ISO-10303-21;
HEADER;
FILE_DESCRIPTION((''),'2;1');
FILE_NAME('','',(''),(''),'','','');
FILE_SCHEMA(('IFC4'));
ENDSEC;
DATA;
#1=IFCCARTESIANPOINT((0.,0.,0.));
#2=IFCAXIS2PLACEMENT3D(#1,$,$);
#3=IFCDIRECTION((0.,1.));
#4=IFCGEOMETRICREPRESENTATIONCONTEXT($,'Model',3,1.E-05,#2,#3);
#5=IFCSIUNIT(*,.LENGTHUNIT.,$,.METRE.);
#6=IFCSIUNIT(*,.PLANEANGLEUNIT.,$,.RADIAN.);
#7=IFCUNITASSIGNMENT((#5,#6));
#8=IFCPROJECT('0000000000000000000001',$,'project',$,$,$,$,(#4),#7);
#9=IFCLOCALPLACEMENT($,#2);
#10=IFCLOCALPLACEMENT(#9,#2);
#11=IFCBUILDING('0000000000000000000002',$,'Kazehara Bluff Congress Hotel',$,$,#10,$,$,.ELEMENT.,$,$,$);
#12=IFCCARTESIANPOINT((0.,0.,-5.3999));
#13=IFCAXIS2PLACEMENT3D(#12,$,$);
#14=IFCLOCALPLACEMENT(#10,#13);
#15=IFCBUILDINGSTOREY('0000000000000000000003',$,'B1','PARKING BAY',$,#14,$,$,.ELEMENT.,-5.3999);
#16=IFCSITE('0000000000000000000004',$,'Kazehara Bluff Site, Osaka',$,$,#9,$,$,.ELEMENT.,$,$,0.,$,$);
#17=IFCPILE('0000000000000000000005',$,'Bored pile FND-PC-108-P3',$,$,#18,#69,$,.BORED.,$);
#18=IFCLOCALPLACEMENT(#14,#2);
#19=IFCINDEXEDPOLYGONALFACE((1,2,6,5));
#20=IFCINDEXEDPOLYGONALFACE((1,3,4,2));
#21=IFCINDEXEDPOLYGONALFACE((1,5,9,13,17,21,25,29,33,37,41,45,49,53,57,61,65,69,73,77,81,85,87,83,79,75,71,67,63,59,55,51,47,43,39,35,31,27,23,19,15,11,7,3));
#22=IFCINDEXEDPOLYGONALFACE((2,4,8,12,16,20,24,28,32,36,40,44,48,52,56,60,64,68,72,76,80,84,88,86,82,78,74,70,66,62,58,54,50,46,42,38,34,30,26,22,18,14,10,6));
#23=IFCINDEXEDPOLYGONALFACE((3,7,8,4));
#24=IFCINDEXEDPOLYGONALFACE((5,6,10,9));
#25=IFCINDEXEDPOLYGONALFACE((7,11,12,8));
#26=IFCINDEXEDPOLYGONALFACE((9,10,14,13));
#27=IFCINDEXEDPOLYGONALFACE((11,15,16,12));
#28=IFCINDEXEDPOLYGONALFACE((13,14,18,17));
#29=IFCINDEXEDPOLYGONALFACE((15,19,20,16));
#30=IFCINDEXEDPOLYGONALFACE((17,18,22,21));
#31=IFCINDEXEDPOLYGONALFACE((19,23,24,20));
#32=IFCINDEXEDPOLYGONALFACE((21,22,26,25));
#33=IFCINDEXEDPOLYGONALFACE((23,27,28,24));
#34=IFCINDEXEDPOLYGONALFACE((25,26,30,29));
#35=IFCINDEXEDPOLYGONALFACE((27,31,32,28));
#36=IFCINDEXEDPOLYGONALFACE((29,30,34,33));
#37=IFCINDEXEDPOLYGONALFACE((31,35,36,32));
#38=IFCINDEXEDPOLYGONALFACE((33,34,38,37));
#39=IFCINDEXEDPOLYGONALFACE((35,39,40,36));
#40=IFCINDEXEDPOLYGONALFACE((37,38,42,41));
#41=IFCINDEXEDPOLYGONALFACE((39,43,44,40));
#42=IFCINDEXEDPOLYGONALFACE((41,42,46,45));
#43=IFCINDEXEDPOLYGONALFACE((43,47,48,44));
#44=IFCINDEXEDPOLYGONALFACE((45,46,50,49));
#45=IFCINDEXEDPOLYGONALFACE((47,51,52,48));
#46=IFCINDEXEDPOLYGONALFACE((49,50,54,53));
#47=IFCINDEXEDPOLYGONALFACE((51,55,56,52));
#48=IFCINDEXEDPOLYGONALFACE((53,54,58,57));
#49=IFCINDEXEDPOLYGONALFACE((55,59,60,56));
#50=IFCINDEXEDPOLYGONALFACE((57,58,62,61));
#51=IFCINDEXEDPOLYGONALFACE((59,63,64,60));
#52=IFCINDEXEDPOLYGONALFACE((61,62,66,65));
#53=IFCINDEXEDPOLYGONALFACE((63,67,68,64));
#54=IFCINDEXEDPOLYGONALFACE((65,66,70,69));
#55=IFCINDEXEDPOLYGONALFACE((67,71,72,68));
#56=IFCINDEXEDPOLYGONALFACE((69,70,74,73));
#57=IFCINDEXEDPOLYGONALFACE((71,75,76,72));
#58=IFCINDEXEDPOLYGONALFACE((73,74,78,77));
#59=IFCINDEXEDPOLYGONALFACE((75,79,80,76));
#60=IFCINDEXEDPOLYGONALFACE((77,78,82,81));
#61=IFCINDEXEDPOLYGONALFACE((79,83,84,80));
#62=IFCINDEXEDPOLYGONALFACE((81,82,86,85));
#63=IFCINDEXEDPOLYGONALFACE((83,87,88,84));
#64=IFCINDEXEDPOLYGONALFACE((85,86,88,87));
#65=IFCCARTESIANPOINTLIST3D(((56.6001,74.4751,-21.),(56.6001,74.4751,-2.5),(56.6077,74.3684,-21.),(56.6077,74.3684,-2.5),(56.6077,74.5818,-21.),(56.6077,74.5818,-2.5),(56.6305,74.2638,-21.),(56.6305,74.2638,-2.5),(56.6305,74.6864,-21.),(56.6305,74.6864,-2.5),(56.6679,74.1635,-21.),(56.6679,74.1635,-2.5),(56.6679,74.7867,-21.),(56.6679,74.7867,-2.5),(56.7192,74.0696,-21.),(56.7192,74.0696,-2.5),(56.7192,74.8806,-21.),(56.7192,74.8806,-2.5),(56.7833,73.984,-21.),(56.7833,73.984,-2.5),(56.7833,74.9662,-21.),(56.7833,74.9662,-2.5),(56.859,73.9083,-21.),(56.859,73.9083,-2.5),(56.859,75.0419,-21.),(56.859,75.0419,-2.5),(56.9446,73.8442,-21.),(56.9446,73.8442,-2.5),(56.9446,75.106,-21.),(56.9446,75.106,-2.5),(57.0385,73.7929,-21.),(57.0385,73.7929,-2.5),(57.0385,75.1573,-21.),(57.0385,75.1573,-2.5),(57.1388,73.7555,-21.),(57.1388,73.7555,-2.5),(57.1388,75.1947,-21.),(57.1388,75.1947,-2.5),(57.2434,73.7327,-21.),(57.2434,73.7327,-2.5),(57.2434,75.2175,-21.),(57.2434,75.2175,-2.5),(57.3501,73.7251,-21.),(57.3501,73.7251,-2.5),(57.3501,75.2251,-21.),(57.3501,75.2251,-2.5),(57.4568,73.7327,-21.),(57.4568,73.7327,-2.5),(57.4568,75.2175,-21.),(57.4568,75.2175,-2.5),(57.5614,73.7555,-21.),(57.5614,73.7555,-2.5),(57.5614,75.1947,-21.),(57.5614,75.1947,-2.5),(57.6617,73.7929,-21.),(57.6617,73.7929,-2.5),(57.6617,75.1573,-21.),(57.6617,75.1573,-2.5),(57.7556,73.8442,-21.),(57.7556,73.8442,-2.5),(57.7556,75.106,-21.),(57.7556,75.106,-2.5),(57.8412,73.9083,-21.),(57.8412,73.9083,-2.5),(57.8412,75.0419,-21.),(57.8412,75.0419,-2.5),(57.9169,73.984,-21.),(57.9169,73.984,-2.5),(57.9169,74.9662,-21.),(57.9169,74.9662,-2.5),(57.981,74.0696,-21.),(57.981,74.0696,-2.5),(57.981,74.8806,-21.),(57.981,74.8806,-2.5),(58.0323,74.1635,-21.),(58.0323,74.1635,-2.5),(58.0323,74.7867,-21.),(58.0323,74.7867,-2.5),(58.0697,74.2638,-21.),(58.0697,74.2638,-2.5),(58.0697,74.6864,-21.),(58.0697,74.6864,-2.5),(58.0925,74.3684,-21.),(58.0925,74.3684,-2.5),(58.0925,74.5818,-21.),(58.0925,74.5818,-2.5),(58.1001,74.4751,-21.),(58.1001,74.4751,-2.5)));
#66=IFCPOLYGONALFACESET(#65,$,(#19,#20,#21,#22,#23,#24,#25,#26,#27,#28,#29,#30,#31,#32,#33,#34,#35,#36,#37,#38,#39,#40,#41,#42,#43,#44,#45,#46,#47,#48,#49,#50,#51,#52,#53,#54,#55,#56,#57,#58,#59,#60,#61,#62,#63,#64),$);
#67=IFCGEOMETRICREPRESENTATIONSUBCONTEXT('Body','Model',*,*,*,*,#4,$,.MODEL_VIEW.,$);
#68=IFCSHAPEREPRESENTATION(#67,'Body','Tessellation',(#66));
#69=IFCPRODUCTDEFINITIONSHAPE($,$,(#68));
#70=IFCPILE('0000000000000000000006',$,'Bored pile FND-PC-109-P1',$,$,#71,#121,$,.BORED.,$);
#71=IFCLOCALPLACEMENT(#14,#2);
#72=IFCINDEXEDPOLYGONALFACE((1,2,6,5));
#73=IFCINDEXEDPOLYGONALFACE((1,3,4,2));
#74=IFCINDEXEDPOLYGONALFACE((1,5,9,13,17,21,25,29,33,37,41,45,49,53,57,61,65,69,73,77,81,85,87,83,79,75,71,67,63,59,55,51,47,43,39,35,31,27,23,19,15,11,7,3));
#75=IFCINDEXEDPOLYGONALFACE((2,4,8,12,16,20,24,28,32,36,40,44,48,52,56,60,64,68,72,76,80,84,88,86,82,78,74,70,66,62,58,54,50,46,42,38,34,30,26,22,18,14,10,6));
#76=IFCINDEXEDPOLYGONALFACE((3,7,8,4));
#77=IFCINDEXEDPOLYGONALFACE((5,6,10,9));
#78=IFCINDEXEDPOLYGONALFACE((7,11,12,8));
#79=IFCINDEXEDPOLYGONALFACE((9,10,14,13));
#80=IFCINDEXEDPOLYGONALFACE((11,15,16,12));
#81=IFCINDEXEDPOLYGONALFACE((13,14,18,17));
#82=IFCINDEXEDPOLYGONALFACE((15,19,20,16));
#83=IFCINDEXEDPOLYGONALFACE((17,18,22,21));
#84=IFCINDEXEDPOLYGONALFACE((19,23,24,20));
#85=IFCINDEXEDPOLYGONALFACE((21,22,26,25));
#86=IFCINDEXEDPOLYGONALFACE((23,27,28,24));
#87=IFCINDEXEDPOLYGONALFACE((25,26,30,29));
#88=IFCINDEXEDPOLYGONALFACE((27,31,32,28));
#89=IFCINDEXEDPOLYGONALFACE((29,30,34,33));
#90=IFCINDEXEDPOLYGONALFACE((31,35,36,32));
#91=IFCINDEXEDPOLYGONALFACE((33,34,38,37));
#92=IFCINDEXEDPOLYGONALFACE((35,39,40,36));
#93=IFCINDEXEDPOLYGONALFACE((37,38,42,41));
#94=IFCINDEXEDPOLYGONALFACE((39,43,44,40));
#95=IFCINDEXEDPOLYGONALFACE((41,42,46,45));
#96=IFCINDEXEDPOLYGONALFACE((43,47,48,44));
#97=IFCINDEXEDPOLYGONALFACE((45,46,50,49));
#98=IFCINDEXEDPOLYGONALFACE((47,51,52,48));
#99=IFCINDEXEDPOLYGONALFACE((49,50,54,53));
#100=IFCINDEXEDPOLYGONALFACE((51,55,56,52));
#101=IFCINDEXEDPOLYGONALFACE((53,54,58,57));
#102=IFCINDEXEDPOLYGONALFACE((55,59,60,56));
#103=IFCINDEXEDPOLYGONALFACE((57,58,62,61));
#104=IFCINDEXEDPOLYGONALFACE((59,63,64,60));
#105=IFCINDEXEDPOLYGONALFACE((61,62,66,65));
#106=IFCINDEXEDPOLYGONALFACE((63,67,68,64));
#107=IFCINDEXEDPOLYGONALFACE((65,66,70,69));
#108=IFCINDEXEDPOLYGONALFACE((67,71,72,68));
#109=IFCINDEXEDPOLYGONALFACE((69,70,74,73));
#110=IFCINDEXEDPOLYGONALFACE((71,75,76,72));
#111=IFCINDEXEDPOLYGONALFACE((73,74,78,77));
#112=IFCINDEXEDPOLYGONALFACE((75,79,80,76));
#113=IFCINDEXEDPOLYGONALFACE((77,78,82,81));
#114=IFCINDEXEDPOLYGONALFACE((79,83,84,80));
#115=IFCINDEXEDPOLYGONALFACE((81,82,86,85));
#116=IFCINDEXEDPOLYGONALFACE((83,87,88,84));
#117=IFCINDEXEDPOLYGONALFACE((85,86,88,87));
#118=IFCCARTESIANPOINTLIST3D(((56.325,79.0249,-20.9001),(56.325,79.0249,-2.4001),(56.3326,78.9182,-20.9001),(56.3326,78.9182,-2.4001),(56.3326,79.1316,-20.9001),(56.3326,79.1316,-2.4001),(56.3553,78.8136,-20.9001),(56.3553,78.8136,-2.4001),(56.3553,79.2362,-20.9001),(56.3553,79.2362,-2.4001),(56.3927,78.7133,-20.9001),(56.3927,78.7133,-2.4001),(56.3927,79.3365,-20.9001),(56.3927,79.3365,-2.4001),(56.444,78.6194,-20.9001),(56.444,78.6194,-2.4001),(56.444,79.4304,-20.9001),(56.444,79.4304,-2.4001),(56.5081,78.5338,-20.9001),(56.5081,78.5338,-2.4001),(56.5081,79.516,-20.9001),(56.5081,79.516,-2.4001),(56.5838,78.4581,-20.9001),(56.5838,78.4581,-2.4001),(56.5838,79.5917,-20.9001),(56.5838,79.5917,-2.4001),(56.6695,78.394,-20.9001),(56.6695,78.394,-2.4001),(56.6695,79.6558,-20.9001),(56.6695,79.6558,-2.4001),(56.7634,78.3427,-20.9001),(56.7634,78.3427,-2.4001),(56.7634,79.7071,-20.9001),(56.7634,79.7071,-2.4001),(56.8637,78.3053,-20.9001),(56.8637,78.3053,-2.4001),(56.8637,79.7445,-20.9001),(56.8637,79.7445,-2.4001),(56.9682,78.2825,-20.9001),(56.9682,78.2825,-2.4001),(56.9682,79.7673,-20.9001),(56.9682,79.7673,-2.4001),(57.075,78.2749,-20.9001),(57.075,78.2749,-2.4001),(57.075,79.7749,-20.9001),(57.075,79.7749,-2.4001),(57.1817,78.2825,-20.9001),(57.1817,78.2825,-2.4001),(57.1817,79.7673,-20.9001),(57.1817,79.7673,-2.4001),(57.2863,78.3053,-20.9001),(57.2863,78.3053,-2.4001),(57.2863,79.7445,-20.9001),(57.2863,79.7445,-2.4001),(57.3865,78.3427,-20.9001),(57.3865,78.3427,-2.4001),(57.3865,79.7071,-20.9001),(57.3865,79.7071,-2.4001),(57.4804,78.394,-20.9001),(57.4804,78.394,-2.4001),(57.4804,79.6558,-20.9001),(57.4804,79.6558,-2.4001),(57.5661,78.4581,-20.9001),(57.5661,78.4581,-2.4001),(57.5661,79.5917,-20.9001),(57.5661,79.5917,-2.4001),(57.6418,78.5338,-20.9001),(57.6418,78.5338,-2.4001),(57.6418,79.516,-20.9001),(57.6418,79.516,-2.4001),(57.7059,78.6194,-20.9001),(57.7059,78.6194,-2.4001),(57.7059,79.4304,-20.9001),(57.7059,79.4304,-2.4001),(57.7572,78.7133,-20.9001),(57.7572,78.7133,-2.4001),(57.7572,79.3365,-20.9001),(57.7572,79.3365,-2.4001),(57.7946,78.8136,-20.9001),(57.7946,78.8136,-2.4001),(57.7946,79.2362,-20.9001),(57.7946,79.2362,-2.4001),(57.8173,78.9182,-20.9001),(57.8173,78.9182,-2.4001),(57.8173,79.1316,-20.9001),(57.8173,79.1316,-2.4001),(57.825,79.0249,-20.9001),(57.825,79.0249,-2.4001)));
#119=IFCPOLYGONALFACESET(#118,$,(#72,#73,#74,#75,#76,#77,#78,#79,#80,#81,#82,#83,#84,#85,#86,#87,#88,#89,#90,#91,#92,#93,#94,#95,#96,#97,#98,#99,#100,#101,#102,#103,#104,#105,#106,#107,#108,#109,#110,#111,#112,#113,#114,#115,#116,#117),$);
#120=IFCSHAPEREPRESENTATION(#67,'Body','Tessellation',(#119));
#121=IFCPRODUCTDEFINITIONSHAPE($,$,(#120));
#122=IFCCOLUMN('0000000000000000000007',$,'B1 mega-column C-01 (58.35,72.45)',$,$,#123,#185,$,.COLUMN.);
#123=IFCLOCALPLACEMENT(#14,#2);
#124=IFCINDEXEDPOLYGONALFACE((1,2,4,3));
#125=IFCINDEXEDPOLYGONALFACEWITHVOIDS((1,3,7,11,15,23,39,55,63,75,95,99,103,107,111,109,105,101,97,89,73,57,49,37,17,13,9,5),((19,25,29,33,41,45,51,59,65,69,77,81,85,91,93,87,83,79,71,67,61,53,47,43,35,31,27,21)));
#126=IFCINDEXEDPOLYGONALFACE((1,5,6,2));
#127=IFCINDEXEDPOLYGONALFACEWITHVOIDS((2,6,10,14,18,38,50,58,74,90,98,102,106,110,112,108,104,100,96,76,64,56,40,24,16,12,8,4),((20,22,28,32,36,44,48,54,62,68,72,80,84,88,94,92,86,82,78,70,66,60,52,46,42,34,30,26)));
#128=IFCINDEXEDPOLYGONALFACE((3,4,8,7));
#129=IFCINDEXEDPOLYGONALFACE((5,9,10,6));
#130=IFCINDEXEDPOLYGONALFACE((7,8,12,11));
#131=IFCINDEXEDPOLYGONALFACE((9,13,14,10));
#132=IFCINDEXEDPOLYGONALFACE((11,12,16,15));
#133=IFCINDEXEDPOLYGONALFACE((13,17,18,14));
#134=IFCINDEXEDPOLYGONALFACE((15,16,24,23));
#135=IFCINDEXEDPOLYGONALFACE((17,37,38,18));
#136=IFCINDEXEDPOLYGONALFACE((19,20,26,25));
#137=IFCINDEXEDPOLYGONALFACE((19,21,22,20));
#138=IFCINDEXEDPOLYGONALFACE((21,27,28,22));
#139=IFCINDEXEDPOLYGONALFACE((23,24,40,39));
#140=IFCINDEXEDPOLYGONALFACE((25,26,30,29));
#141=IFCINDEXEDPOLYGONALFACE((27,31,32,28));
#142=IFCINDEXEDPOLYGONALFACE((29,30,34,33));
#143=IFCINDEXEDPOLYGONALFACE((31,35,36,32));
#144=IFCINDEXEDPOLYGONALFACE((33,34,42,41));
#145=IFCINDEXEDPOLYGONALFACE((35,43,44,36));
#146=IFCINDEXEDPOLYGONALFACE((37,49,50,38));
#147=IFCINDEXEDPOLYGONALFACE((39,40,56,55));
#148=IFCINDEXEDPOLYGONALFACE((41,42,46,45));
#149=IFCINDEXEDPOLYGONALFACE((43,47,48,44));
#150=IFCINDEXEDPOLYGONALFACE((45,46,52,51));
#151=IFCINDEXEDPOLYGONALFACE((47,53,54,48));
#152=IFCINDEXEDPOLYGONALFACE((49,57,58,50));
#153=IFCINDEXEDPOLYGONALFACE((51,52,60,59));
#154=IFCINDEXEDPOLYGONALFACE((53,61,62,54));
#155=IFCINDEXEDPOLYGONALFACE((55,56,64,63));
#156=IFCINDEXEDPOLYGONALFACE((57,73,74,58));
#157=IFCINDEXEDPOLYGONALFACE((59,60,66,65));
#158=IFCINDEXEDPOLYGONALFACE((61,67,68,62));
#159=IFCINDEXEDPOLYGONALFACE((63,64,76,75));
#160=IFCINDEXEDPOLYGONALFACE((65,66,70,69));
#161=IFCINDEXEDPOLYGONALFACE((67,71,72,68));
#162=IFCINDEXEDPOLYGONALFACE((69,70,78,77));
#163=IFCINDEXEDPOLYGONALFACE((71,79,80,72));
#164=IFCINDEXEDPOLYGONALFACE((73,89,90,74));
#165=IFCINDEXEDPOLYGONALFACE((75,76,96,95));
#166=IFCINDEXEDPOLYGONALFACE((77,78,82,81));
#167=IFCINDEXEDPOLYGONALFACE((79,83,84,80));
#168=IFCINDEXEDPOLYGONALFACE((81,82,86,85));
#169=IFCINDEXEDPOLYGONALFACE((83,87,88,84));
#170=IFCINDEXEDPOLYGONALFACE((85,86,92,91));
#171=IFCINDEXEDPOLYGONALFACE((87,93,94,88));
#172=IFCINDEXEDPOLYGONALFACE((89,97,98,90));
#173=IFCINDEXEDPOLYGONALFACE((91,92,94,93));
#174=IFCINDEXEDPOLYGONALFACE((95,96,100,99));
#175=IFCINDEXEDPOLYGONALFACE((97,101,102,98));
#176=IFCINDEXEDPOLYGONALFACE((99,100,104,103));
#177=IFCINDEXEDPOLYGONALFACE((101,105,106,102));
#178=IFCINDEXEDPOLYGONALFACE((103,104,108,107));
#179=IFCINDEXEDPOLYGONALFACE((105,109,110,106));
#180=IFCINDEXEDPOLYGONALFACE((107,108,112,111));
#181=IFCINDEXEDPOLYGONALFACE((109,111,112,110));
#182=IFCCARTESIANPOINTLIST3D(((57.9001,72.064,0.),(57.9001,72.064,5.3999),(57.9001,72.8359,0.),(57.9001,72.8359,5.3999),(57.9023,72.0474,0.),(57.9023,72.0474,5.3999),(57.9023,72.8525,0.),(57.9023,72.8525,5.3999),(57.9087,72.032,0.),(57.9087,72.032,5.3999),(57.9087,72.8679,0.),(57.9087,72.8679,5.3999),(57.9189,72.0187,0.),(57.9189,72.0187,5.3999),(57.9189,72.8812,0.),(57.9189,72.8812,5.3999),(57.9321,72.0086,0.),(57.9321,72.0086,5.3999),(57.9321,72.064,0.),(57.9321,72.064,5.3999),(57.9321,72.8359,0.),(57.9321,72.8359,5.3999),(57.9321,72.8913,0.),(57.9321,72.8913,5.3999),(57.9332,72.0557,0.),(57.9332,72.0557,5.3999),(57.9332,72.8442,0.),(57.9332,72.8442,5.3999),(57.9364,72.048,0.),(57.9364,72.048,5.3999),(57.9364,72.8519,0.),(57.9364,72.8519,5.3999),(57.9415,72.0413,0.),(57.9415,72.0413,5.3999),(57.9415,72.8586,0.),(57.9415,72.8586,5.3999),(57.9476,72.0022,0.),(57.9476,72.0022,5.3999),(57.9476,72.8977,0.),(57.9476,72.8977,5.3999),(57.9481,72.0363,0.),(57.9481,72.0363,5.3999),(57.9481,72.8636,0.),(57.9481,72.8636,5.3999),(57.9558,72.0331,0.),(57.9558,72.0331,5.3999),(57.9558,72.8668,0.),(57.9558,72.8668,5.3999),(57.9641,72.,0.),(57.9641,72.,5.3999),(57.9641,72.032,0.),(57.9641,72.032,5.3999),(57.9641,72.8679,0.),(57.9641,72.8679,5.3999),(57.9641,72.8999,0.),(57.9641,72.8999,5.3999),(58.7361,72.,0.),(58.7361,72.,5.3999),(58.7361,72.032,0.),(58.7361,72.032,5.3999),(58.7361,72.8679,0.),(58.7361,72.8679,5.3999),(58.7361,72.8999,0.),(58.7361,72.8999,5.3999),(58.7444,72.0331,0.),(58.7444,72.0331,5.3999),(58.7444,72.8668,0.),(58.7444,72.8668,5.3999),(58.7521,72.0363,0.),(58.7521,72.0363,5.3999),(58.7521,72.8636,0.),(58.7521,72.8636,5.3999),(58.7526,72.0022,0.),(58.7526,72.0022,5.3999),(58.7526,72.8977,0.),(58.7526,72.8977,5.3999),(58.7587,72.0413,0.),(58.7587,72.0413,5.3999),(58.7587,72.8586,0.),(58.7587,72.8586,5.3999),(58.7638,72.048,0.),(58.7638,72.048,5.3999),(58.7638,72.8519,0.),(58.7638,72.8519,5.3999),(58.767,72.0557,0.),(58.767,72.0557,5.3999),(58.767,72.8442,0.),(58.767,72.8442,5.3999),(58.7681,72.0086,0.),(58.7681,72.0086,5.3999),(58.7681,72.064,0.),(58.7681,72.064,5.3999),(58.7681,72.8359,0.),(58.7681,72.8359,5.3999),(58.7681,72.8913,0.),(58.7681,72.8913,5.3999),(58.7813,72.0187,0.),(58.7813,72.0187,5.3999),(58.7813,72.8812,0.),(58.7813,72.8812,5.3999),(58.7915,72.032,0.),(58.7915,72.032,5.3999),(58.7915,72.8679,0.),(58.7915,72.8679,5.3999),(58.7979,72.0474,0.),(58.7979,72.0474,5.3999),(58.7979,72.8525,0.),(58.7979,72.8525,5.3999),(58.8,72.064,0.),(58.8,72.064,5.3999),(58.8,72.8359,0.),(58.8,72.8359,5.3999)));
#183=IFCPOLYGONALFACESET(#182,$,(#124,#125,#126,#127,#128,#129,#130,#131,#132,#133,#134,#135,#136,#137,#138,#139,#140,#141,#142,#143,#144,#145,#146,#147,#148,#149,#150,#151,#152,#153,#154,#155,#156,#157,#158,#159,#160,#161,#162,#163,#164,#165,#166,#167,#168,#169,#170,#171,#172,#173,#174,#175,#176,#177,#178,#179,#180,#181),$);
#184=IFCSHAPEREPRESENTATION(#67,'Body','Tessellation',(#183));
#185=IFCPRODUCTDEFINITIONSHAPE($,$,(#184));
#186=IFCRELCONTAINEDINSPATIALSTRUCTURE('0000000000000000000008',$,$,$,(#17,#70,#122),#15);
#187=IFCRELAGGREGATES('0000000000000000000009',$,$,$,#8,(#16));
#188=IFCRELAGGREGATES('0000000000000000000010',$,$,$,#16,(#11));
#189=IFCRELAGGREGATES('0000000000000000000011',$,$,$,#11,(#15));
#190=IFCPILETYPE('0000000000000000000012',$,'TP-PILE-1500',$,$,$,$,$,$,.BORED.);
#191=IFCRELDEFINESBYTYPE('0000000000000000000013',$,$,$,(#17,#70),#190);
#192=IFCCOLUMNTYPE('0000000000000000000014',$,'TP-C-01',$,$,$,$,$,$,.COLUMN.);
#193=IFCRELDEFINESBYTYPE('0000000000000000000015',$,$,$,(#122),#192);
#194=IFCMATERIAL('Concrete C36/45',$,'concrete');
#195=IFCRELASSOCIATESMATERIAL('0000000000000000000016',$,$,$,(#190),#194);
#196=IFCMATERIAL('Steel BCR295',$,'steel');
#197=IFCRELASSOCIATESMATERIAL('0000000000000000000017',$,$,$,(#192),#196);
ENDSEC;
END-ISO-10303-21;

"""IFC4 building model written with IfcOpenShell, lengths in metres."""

from ifc_helpers import new_model, si_unit, direction, frame, origin, origin_2d, place, context, subcontext, project, spatial, hollow_rectangle, circle, extrude, material, material_profile, profile_set, type_object, element, save


model = new_model("IFC4")

# Units and contexts
model_context = context("Model", 3, precision=1e-05, world=origin(), true_north=direction((0.0, 1.0)))
body_context = subcontext(model_context, "Body", "Model", "MODEL_VIEW")
ifc_project = project(units=[si_unit("LENGTHUNIT", "METRE"), si_unit("PLANEANGLEUNIT", "RADIAN")], contexts=[model_context])

# Site, building, storey
site_placement = place(None, origin())
site = spatial("IfcSite", under=ifc_project, at=site_placement, Name="Kazehara Bluff Site, Osaka", CompositionType="ELEMENT", RefElevation=0.0)
building_placement = place(site_placement, origin())
building = spatial("IfcBuilding", under=site, at=building_placement, Name="Kazehara Bluff Congress Hotel", CompositionType="ELEMENT")
storey_placement = place(building_placement, frame((0.0, 0.0, -5.3999)))
storey = spatial("IfcBuildingStorey", under=building, at=storey_placement, Name="B1", Description="PARKING BAY", CompositionType="ELEMENT", Elevation=-5.3999)

# Piles
ifc_material_1 = material(Name="Concrete C36/45", Category="concrete")
ifc_material_profile_1 = material_profile(ifc_material_1, circle(Radius=0.75, at=origin_2d()))
ifc_profile_set_1 = profile_set([ifc_material_profile_1], Name="Concrete C36/45")
pile_type_1 = type_object("IfcPileType", Name="TP-PILE-1500", PredefinedType="BORED", material=ifc_profile_set_1)
for number, where, z_axis, x_axis, name in (
    (1, (57.3501, 74.4751, -2.5), (0.0, 0.0, -1.0), (1.0, 0.0, 0.0), "Bored pile FND-PC-108-P3"),
    (2, (57.075, 79.0249, -2.4001), (0.0, 0.0, -1.0), (1.0, 0.0, 0.0), "Bored pile FND-PC-109-P1"),
):
    element("IfcPile", number, at=place(storey_placement, frame(where, z_axis=z_axis, x_axis=x_axis)), inside=storey, type_object=pile_type_1, Name=name, PredefinedType="BORED", context=body_context, shape_type="SweptSolid", body=[
        extrude(circle(Radius=0.75, at=origin_2d()), origin(), (0.0, 0.0, 1.0), 18.5),
    ])

# Column
ifc_material_2 = material(Name="Steel BCR295", Category="steel")
ifc_material_profile_2 = material_profile(ifc_material_2, hollow_rectangle(XDim=0.8999, YDim=0.8999, WallThickness=0.032, InnerFilletRadius=0.032, OuterFilletRadius=0.064, at=origin_2d()))
ifc_profile_set_2 = profile_set([ifc_material_profile_2], Name="Steel BCR295")
column_type_1 = type_object("IfcColumnType", Name="TP-C-01", PredefinedType="COLUMN", material=ifc_profile_set_2)
column_1_placement = place(storey_placement, frame((58.3501, 72.45, 0.0), z_axis=(0.0, 0.0, 1.0), x_axis=(1.0, 0.0, 0.0)))
element("IfcColumn", 3, at=column_1_placement, inside=storey, type_object=column_type_1, Name="B1 mega-column C-01 (58.35,72.45)", PredefinedType="COLUMN", context=body_context, shape_type="SweptSolid", body=[
    extrude(hollow_rectangle(XDim=0.8999, YDim=0.8999, WallThickness=0.032, InnerFilletRadius=0.032, OuterFilletRadius=0.064, at=origin_2d()), origin(), (0.0, 0.0, 1.0), 5.3999),
])

save(model, "model.ifc")
